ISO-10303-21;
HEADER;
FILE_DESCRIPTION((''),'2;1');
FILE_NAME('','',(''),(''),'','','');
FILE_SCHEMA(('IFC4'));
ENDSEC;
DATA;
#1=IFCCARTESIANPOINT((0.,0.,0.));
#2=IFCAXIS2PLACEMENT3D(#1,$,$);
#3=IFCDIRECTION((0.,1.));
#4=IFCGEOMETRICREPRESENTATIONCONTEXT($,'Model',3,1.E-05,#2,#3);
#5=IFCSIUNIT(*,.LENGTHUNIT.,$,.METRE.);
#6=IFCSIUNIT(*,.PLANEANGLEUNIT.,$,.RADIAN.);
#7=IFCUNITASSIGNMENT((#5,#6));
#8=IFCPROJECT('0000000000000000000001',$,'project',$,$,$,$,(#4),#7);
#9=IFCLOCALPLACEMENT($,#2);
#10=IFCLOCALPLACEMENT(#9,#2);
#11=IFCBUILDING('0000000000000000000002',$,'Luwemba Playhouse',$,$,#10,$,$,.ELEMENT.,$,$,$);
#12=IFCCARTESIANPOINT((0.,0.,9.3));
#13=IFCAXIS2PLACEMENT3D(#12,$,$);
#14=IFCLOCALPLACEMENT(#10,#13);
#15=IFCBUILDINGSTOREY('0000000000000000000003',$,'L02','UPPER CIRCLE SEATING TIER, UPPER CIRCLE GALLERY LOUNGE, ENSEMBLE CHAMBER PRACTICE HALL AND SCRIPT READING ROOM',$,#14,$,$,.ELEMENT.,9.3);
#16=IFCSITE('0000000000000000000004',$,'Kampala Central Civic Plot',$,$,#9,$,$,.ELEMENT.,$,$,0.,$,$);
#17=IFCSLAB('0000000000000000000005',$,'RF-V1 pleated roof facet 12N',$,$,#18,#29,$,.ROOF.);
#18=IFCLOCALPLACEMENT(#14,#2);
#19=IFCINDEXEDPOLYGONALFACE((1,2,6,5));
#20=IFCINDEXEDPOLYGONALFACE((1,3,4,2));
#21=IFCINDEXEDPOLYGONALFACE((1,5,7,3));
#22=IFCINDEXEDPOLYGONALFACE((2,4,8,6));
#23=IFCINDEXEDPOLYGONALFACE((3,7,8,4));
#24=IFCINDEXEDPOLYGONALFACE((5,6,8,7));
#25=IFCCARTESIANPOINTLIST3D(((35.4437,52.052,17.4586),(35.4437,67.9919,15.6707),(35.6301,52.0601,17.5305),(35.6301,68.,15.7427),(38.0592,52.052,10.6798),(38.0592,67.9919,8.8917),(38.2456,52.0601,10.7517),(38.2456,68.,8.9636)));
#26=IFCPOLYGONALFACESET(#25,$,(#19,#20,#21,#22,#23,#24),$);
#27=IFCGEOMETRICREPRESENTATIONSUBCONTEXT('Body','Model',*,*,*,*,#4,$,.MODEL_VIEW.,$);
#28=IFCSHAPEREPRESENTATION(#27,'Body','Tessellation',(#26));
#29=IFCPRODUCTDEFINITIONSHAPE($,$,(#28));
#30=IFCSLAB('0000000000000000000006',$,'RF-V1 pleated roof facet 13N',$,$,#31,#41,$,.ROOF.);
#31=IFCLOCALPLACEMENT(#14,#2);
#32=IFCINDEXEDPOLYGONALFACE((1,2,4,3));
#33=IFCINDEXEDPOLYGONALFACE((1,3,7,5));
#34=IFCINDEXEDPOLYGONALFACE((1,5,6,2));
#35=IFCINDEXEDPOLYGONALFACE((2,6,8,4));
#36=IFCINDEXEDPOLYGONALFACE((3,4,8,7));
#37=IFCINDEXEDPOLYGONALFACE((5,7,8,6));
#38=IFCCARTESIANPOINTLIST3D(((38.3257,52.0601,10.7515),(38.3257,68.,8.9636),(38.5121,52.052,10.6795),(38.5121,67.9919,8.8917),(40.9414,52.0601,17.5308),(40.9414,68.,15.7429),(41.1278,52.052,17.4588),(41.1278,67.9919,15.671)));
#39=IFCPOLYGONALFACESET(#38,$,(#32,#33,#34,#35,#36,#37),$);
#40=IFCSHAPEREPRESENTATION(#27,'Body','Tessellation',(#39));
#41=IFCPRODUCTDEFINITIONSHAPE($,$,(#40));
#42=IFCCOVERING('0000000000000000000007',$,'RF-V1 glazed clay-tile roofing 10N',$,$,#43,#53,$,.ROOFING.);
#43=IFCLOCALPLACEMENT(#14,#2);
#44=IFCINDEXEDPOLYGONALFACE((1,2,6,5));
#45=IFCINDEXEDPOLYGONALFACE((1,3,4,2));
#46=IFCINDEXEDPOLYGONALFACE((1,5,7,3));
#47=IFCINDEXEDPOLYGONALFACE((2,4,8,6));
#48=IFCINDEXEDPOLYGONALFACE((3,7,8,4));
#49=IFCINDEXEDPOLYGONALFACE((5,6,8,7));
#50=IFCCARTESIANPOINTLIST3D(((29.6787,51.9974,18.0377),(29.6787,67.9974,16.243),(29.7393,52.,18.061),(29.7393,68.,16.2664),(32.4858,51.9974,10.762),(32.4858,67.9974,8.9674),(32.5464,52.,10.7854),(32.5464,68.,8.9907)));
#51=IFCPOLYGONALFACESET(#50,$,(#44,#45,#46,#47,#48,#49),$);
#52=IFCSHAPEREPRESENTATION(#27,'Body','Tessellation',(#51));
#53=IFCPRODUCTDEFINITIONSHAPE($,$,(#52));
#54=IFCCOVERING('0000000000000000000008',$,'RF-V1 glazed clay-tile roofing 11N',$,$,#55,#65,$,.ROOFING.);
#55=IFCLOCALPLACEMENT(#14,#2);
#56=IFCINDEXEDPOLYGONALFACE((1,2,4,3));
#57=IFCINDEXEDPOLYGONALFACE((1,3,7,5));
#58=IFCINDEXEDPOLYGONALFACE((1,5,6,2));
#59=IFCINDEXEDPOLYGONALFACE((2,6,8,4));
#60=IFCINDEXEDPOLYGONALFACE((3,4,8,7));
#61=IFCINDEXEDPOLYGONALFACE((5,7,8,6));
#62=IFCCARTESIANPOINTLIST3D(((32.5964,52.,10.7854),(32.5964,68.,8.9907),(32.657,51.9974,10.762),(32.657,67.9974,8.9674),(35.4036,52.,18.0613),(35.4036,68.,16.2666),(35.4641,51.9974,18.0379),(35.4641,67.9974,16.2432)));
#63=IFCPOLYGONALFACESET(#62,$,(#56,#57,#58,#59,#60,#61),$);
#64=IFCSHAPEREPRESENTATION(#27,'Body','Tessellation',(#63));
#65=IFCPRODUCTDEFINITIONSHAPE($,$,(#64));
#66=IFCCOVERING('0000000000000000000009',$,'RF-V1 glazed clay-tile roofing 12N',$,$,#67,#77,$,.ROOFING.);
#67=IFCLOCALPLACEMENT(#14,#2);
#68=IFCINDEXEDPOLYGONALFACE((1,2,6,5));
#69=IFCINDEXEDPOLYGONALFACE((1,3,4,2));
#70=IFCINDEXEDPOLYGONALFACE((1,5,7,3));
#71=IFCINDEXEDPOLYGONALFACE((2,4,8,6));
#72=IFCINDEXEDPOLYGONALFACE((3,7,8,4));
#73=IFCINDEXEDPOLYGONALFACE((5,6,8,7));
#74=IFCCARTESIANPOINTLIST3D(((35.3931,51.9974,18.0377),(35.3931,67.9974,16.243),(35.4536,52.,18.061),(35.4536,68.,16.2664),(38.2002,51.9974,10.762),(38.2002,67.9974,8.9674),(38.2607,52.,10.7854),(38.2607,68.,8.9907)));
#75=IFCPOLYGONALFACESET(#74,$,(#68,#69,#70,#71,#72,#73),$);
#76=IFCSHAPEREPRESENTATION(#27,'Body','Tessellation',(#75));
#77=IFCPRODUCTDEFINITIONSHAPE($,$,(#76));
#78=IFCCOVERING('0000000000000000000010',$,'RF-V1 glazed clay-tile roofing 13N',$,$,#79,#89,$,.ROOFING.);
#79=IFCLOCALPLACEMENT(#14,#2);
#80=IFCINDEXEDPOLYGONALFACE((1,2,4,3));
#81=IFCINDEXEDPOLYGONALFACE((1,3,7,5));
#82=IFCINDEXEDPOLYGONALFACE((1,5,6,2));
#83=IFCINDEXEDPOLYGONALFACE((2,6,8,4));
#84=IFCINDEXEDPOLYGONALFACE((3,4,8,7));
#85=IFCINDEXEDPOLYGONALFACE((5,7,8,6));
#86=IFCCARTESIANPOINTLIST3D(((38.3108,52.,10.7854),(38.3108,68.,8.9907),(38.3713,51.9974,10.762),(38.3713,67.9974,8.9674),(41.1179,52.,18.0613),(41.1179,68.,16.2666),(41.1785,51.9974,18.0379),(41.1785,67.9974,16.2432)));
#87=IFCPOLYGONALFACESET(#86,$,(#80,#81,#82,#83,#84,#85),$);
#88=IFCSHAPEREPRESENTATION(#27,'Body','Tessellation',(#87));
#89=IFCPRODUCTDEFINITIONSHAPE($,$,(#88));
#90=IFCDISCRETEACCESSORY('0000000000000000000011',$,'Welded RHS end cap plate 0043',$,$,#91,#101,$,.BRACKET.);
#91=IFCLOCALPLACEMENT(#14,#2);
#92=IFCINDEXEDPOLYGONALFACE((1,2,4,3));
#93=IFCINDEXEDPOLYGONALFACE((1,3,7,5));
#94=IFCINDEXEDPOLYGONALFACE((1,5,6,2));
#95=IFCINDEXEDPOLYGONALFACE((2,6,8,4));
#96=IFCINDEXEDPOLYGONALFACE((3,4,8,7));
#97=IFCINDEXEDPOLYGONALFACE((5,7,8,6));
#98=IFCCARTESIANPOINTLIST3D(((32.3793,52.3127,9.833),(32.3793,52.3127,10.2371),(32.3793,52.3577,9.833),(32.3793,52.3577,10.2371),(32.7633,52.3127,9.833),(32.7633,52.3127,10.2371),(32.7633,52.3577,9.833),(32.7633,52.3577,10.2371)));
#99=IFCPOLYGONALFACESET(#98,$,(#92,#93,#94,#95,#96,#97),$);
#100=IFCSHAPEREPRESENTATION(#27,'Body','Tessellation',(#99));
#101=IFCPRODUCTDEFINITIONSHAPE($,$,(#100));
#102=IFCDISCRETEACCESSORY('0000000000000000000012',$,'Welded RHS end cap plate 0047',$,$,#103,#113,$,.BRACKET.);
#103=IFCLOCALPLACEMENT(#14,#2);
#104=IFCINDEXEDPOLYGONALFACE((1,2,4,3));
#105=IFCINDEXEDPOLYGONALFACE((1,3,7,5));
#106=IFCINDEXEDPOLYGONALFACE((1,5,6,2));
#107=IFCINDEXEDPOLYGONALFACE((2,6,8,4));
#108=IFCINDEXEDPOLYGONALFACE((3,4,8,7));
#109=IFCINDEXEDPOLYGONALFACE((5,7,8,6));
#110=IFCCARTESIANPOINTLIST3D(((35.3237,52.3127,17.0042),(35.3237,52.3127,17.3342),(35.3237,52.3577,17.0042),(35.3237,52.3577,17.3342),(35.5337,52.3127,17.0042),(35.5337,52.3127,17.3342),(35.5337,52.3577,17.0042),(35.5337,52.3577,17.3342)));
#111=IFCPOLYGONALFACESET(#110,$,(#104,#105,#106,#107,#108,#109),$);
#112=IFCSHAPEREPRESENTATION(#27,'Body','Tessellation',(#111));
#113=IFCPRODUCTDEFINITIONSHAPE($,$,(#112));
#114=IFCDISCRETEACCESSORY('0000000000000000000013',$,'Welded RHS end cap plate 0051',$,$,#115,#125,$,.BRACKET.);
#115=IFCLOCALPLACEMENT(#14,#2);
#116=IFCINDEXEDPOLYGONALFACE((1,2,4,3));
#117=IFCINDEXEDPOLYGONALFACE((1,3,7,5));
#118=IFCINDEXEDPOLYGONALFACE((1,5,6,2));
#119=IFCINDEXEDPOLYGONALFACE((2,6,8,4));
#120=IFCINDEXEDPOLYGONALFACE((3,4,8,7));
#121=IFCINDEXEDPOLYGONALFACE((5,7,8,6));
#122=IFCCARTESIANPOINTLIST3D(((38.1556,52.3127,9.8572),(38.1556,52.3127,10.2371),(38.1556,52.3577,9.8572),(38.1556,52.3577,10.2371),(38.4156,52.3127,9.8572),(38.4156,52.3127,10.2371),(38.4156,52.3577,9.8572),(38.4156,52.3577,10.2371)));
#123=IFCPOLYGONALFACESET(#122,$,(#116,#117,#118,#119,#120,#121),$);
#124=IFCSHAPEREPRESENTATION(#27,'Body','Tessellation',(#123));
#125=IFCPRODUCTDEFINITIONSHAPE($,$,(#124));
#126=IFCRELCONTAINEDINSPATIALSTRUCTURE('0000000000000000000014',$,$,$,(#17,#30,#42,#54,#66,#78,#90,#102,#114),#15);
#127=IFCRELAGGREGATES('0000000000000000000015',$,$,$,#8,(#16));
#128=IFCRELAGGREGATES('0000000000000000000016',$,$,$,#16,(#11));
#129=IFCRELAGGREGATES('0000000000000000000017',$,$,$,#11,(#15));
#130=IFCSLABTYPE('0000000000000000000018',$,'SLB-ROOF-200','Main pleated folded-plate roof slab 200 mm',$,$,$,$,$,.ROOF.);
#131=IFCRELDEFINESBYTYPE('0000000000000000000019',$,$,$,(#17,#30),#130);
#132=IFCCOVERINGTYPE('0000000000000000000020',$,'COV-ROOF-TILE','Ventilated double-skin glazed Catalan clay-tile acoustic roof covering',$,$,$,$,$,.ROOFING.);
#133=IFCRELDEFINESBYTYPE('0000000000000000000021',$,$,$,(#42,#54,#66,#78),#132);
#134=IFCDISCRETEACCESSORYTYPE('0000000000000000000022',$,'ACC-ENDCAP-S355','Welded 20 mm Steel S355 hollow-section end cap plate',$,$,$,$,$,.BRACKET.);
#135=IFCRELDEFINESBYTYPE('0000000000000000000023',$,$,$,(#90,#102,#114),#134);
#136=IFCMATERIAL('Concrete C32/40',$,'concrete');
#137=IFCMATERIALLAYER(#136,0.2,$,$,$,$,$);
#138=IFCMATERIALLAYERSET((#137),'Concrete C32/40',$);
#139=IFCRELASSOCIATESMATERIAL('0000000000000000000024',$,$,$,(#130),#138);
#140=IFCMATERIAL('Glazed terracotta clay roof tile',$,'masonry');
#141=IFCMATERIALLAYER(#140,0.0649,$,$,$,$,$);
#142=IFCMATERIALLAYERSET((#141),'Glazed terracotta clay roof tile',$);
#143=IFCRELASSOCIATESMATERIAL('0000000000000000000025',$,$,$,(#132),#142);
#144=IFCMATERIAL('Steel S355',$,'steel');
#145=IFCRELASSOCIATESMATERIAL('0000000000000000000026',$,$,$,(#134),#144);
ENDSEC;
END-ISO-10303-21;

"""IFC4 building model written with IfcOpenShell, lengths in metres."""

from ifc_helpers import new_model, si_unit, direction, frame, origin, origin_2d, place, context, subcontext, project, spatial, polyline, rectangle, outline, extrude, material, layer, layer_set, type_object, element, save


model = new_model("IFC4")

# Units and contexts
model_context = context("Model", 3, precision=1e-05, world=origin(), true_north=direction((0.0, 1.0)))
body_context = subcontext(model_context, "Body", "Model", "MODEL_VIEW")
ifc_project = project(units=[si_unit("LENGTHUNIT", "METRE"), si_unit("PLANEANGLEUNIT", "RADIAN")], contexts=[model_context])

# Site, building, storey
site_placement = place(None, origin())
site = spatial("IfcSite", under=ifc_project, at=site_placement, Name="Kampala Central Civic Plot", CompositionType="ELEMENT", RefElevation=0.0)
building_placement = place(site_placement, origin())
building = spatial("IfcBuilding", under=site, at=building_placement, Name="Luwemba Playhouse", CompositionType="ELEMENT")
storey_placement = place(building_placement, frame((0.0, 0.0, 9.3)))
storey = spatial("IfcBuildingStorey", under=building, at=storey_placement, Name="L02", Description="UPPER CIRCLE SEATING TIER, UPPER CIRCLE GALLERY LOUNGE, ENSEMBLE CHAMBER PRACTICE HALL AND SCRIPT READING ROOM", CompositionType="ELEMENT", Elevation=9.3)

# Shared definitions
ifc_material_1 = material(Name="Steel S355", Category="steel")

# Slabs
ifc_material_2 = material(Name="Concrete C32/40", Category="concrete")
ifc_layer_1 = layer(ifc_material_2, 0.2)
ifc_layer_set_1 = layer_set([ifc_layer_1], Name="Concrete C32/40")
slab_type = type_object("IfcSlabType", Name="SLB-ROOF-200", Description="Main pleated folded-plate roof slab 200 mm", PredefinedType="ROOF", material=ifc_layer_set_1)
slab_1_placement = place(storey_placement, frame((35.6301, 52.0601, 17.5305), z_axis=(0.932208, 0.040344, 0.359669), x_axis=(0.359962, 0.0, -0.932967)))
element("IfcSlab", 1, at=slab_1_placement, inside=storey, type_object=slab_type, Name="RF-V1 pleated roof facet 12N", PredefinedType="ROOF", context=body_context, shape_type="SweptSolid", body=[
    extrude(outline(polyline([(0.0, 0.0), (7.2659, 0.0), (8.9341, 15.9529), (1.668, 15.9529), (0.0, 0.0)])), origin(), (0.0, 0.0, -1.0), 0.2),
])
slab_2_placement = place(storey_placement, frame((38.3257, 52.0601, 10.7515), z_axis=(-0.932203, 0.040342, 0.359681), x_axis=(0.359974, 0.0, 0.932962)))
element("IfcSlab", 2, at=slab_2_placement, inside=storey, type_object=slab_type, Name="RF-V1 pleated roof facet 13N", PredefinedType="ROOF", context=body_context, shape_type="SweptSolid", body=[
    extrude(outline(polyline([(0.0, 0.0), (7.2664, 0.0), (5.5984, 15.9529), (-1.668, 15.9529), (0.0, 0.0)])), origin(), (0.0, 0.0, -1.0), 0.2),
])

# Coverings
ifc_material_3 = material(Name="Glazed terracotta clay roof tile", Category="masonry")
ifc_layer_2 = layer(ifc_material_3, 0.0649)
ifc_layer_set_2 = layer_set([ifc_layer_2], Name="Glazed terracotta clay roof tile")
covering_type = type_object("IfcCoveringType", Name="COV-ROOF-TILE", Description="Ventilated double-skin glazed Catalan clay-tile acoustic roof covering", PredefinedType="ROOFING", material=ifc_layer_set_2)
covering_1_placement = place(storey_placement, frame((29.7393, 52.0, 18.061), z_axis=(0.932207, 0.040343, 0.35967), x_axis=(0.359963, 0.0, -0.932967)))
element("IfcCovering", 3, at=covering_1_placement, inside=storey, type_object=covering_type, Name="RF-V1 glazed clay-tile roofing 10N", PredefinedType="ROOFING", context=body_context, shape_type="SweptSolid", body=[
    extrude(outline(polyline([(0.0, 0.0), (7.7984, 0.0), (9.4728, 16.013), (1.6744, 16.013), (0.0, 0.0)])), origin(), (0.0, 0.0, -1.0), 0.0649),
])
covering_2_placement = place(storey_placement, frame((32.5964, 52.0, 10.7854), z_axis=(-0.932211, 0.040342, 0.359659), x_axis=(0.359952, 0.0, 0.932971)))
element("IfcCovering", 4, at=covering_2_placement, inside=storey, type_object=covering_type, Name="RF-V1 glazed clay-tile roofing 11N", PredefinedType="ROOFING", context=body_context, shape_type="SweptSolid", body=[
    extrude(outline(polyline([(0.0, 0.0), (7.7986, 0.0), (6.1242, 16.013), (-1.6744, 16.013), (0.0, 0.0)])), origin(), (0.0, 0.0, -1.0), 0.0649),
])
covering_3_placement = place(storey_placement, frame((35.4536, 52.0, 18.061), z_axis=(0.932207, 0.040343, 0.35967), x_axis=(0.359963, 0.0, -0.932967)))
element("IfcCovering", 5, at=covering_3_placement, inside=storey, type_object=covering_type, Name="RF-V1 glazed clay-tile roofing 12N", PredefinedType="ROOFING", context=body_context, shape_type="SweptSolid", body=[
    extrude(outline(polyline([(0.0, 0.0), (7.7984, 0.0), (9.4728, 16.013), (1.6744, 16.013), (0.0, 0.0)])), origin(), (0.0, 0.0, -1.0), 0.0649),
])
covering_4_placement = place(storey_placement, frame((38.3108, 52.0, 10.7854), z_axis=(-0.932211, 0.040342, 0.359659), x_axis=(0.359952, 0.0, 0.932971)))
element("IfcCovering", 6, at=covering_4_placement, inside=storey, type_object=covering_type, Name="RF-V1 glazed clay-tile roofing 13N", PredefinedType="ROOFING", context=body_context, shape_type="SweptSolid", body=[
    extrude(outline(polyline([(0.0, 0.0), (7.7986, 0.0), (6.1242, 16.013), (-1.6744, 16.013), (0.0, 0.0)])), origin(), (0.0, 0.0, -1.0), 0.0649),
])

# Discrete accessories
discrete_accessory_type = type_object("IfcDiscreteAccessoryType", Name="ACC-ENDCAP-S355", Description="Welded 20 mm Steel S355 hollow-section end cap plate", PredefinedType="BRACKET", material=ifc_material_1)
discrete_accessory_1_placement = place(storey_placement, frame((32.5713, 52.3352, 9.833), z_axis=(0.0, 0.0, 1.0), x_axis=(1.0, 0.0, 0.0)))
element("IfcDiscreteAccessory", 7, at=discrete_accessory_1_placement, inside=storey, type_object=discrete_accessory_type, Name="Welded RHS end cap plate 0043", PredefinedType="BRACKET", context=body_context, shape_type="SweptSolid", body=[
    extrude(rectangle(XDim=0.384, YDim=0.0449, at=origin_2d()), origin(), (0.0, 0.0, 1.0), 0.4041),
])
discrete_accessory_2_placement = place(storey_placement, frame((35.4287, 52.3352, 17.0042), z_axis=(0.0, 0.0, 1.0), x_axis=(1.0, 0.0, 0.0)))
element("IfcDiscreteAccessory", 8, at=discrete_accessory_2_placement, inside=storey, type_object=discrete_accessory_type, Name="Welded RHS end cap plate 0047", PredefinedType="BRACKET", context=body_context, shape_type="SweptSolid", body=[
    extrude(rectangle(XDim=0.21, YDim=0.0449, at=origin_2d()), origin(), (0.0, 0.0, 1.0), 0.3301),
])
discrete_accessory_3_placement = place(storey_placement, frame((38.2856, 52.3352, 9.8572), z_axis=(0.0, 0.0, 1.0), x_axis=(1.0, 0.0, 0.0)))
element("IfcDiscreteAccessory", 9, at=discrete_accessory_3_placement, inside=storey, type_object=discrete_accessory_type, Name="Welded RHS end cap plate 0051", PredefinedType="BRACKET", context=body_context, shape_type="SweptSolid", body=[
    extrude(rectangle(XDim=0.26, YDim=0.0449, at=origin_2d()), origin(), (0.0, 0.0, 1.0), 0.3799),
])

save(model, "model.ifc")
